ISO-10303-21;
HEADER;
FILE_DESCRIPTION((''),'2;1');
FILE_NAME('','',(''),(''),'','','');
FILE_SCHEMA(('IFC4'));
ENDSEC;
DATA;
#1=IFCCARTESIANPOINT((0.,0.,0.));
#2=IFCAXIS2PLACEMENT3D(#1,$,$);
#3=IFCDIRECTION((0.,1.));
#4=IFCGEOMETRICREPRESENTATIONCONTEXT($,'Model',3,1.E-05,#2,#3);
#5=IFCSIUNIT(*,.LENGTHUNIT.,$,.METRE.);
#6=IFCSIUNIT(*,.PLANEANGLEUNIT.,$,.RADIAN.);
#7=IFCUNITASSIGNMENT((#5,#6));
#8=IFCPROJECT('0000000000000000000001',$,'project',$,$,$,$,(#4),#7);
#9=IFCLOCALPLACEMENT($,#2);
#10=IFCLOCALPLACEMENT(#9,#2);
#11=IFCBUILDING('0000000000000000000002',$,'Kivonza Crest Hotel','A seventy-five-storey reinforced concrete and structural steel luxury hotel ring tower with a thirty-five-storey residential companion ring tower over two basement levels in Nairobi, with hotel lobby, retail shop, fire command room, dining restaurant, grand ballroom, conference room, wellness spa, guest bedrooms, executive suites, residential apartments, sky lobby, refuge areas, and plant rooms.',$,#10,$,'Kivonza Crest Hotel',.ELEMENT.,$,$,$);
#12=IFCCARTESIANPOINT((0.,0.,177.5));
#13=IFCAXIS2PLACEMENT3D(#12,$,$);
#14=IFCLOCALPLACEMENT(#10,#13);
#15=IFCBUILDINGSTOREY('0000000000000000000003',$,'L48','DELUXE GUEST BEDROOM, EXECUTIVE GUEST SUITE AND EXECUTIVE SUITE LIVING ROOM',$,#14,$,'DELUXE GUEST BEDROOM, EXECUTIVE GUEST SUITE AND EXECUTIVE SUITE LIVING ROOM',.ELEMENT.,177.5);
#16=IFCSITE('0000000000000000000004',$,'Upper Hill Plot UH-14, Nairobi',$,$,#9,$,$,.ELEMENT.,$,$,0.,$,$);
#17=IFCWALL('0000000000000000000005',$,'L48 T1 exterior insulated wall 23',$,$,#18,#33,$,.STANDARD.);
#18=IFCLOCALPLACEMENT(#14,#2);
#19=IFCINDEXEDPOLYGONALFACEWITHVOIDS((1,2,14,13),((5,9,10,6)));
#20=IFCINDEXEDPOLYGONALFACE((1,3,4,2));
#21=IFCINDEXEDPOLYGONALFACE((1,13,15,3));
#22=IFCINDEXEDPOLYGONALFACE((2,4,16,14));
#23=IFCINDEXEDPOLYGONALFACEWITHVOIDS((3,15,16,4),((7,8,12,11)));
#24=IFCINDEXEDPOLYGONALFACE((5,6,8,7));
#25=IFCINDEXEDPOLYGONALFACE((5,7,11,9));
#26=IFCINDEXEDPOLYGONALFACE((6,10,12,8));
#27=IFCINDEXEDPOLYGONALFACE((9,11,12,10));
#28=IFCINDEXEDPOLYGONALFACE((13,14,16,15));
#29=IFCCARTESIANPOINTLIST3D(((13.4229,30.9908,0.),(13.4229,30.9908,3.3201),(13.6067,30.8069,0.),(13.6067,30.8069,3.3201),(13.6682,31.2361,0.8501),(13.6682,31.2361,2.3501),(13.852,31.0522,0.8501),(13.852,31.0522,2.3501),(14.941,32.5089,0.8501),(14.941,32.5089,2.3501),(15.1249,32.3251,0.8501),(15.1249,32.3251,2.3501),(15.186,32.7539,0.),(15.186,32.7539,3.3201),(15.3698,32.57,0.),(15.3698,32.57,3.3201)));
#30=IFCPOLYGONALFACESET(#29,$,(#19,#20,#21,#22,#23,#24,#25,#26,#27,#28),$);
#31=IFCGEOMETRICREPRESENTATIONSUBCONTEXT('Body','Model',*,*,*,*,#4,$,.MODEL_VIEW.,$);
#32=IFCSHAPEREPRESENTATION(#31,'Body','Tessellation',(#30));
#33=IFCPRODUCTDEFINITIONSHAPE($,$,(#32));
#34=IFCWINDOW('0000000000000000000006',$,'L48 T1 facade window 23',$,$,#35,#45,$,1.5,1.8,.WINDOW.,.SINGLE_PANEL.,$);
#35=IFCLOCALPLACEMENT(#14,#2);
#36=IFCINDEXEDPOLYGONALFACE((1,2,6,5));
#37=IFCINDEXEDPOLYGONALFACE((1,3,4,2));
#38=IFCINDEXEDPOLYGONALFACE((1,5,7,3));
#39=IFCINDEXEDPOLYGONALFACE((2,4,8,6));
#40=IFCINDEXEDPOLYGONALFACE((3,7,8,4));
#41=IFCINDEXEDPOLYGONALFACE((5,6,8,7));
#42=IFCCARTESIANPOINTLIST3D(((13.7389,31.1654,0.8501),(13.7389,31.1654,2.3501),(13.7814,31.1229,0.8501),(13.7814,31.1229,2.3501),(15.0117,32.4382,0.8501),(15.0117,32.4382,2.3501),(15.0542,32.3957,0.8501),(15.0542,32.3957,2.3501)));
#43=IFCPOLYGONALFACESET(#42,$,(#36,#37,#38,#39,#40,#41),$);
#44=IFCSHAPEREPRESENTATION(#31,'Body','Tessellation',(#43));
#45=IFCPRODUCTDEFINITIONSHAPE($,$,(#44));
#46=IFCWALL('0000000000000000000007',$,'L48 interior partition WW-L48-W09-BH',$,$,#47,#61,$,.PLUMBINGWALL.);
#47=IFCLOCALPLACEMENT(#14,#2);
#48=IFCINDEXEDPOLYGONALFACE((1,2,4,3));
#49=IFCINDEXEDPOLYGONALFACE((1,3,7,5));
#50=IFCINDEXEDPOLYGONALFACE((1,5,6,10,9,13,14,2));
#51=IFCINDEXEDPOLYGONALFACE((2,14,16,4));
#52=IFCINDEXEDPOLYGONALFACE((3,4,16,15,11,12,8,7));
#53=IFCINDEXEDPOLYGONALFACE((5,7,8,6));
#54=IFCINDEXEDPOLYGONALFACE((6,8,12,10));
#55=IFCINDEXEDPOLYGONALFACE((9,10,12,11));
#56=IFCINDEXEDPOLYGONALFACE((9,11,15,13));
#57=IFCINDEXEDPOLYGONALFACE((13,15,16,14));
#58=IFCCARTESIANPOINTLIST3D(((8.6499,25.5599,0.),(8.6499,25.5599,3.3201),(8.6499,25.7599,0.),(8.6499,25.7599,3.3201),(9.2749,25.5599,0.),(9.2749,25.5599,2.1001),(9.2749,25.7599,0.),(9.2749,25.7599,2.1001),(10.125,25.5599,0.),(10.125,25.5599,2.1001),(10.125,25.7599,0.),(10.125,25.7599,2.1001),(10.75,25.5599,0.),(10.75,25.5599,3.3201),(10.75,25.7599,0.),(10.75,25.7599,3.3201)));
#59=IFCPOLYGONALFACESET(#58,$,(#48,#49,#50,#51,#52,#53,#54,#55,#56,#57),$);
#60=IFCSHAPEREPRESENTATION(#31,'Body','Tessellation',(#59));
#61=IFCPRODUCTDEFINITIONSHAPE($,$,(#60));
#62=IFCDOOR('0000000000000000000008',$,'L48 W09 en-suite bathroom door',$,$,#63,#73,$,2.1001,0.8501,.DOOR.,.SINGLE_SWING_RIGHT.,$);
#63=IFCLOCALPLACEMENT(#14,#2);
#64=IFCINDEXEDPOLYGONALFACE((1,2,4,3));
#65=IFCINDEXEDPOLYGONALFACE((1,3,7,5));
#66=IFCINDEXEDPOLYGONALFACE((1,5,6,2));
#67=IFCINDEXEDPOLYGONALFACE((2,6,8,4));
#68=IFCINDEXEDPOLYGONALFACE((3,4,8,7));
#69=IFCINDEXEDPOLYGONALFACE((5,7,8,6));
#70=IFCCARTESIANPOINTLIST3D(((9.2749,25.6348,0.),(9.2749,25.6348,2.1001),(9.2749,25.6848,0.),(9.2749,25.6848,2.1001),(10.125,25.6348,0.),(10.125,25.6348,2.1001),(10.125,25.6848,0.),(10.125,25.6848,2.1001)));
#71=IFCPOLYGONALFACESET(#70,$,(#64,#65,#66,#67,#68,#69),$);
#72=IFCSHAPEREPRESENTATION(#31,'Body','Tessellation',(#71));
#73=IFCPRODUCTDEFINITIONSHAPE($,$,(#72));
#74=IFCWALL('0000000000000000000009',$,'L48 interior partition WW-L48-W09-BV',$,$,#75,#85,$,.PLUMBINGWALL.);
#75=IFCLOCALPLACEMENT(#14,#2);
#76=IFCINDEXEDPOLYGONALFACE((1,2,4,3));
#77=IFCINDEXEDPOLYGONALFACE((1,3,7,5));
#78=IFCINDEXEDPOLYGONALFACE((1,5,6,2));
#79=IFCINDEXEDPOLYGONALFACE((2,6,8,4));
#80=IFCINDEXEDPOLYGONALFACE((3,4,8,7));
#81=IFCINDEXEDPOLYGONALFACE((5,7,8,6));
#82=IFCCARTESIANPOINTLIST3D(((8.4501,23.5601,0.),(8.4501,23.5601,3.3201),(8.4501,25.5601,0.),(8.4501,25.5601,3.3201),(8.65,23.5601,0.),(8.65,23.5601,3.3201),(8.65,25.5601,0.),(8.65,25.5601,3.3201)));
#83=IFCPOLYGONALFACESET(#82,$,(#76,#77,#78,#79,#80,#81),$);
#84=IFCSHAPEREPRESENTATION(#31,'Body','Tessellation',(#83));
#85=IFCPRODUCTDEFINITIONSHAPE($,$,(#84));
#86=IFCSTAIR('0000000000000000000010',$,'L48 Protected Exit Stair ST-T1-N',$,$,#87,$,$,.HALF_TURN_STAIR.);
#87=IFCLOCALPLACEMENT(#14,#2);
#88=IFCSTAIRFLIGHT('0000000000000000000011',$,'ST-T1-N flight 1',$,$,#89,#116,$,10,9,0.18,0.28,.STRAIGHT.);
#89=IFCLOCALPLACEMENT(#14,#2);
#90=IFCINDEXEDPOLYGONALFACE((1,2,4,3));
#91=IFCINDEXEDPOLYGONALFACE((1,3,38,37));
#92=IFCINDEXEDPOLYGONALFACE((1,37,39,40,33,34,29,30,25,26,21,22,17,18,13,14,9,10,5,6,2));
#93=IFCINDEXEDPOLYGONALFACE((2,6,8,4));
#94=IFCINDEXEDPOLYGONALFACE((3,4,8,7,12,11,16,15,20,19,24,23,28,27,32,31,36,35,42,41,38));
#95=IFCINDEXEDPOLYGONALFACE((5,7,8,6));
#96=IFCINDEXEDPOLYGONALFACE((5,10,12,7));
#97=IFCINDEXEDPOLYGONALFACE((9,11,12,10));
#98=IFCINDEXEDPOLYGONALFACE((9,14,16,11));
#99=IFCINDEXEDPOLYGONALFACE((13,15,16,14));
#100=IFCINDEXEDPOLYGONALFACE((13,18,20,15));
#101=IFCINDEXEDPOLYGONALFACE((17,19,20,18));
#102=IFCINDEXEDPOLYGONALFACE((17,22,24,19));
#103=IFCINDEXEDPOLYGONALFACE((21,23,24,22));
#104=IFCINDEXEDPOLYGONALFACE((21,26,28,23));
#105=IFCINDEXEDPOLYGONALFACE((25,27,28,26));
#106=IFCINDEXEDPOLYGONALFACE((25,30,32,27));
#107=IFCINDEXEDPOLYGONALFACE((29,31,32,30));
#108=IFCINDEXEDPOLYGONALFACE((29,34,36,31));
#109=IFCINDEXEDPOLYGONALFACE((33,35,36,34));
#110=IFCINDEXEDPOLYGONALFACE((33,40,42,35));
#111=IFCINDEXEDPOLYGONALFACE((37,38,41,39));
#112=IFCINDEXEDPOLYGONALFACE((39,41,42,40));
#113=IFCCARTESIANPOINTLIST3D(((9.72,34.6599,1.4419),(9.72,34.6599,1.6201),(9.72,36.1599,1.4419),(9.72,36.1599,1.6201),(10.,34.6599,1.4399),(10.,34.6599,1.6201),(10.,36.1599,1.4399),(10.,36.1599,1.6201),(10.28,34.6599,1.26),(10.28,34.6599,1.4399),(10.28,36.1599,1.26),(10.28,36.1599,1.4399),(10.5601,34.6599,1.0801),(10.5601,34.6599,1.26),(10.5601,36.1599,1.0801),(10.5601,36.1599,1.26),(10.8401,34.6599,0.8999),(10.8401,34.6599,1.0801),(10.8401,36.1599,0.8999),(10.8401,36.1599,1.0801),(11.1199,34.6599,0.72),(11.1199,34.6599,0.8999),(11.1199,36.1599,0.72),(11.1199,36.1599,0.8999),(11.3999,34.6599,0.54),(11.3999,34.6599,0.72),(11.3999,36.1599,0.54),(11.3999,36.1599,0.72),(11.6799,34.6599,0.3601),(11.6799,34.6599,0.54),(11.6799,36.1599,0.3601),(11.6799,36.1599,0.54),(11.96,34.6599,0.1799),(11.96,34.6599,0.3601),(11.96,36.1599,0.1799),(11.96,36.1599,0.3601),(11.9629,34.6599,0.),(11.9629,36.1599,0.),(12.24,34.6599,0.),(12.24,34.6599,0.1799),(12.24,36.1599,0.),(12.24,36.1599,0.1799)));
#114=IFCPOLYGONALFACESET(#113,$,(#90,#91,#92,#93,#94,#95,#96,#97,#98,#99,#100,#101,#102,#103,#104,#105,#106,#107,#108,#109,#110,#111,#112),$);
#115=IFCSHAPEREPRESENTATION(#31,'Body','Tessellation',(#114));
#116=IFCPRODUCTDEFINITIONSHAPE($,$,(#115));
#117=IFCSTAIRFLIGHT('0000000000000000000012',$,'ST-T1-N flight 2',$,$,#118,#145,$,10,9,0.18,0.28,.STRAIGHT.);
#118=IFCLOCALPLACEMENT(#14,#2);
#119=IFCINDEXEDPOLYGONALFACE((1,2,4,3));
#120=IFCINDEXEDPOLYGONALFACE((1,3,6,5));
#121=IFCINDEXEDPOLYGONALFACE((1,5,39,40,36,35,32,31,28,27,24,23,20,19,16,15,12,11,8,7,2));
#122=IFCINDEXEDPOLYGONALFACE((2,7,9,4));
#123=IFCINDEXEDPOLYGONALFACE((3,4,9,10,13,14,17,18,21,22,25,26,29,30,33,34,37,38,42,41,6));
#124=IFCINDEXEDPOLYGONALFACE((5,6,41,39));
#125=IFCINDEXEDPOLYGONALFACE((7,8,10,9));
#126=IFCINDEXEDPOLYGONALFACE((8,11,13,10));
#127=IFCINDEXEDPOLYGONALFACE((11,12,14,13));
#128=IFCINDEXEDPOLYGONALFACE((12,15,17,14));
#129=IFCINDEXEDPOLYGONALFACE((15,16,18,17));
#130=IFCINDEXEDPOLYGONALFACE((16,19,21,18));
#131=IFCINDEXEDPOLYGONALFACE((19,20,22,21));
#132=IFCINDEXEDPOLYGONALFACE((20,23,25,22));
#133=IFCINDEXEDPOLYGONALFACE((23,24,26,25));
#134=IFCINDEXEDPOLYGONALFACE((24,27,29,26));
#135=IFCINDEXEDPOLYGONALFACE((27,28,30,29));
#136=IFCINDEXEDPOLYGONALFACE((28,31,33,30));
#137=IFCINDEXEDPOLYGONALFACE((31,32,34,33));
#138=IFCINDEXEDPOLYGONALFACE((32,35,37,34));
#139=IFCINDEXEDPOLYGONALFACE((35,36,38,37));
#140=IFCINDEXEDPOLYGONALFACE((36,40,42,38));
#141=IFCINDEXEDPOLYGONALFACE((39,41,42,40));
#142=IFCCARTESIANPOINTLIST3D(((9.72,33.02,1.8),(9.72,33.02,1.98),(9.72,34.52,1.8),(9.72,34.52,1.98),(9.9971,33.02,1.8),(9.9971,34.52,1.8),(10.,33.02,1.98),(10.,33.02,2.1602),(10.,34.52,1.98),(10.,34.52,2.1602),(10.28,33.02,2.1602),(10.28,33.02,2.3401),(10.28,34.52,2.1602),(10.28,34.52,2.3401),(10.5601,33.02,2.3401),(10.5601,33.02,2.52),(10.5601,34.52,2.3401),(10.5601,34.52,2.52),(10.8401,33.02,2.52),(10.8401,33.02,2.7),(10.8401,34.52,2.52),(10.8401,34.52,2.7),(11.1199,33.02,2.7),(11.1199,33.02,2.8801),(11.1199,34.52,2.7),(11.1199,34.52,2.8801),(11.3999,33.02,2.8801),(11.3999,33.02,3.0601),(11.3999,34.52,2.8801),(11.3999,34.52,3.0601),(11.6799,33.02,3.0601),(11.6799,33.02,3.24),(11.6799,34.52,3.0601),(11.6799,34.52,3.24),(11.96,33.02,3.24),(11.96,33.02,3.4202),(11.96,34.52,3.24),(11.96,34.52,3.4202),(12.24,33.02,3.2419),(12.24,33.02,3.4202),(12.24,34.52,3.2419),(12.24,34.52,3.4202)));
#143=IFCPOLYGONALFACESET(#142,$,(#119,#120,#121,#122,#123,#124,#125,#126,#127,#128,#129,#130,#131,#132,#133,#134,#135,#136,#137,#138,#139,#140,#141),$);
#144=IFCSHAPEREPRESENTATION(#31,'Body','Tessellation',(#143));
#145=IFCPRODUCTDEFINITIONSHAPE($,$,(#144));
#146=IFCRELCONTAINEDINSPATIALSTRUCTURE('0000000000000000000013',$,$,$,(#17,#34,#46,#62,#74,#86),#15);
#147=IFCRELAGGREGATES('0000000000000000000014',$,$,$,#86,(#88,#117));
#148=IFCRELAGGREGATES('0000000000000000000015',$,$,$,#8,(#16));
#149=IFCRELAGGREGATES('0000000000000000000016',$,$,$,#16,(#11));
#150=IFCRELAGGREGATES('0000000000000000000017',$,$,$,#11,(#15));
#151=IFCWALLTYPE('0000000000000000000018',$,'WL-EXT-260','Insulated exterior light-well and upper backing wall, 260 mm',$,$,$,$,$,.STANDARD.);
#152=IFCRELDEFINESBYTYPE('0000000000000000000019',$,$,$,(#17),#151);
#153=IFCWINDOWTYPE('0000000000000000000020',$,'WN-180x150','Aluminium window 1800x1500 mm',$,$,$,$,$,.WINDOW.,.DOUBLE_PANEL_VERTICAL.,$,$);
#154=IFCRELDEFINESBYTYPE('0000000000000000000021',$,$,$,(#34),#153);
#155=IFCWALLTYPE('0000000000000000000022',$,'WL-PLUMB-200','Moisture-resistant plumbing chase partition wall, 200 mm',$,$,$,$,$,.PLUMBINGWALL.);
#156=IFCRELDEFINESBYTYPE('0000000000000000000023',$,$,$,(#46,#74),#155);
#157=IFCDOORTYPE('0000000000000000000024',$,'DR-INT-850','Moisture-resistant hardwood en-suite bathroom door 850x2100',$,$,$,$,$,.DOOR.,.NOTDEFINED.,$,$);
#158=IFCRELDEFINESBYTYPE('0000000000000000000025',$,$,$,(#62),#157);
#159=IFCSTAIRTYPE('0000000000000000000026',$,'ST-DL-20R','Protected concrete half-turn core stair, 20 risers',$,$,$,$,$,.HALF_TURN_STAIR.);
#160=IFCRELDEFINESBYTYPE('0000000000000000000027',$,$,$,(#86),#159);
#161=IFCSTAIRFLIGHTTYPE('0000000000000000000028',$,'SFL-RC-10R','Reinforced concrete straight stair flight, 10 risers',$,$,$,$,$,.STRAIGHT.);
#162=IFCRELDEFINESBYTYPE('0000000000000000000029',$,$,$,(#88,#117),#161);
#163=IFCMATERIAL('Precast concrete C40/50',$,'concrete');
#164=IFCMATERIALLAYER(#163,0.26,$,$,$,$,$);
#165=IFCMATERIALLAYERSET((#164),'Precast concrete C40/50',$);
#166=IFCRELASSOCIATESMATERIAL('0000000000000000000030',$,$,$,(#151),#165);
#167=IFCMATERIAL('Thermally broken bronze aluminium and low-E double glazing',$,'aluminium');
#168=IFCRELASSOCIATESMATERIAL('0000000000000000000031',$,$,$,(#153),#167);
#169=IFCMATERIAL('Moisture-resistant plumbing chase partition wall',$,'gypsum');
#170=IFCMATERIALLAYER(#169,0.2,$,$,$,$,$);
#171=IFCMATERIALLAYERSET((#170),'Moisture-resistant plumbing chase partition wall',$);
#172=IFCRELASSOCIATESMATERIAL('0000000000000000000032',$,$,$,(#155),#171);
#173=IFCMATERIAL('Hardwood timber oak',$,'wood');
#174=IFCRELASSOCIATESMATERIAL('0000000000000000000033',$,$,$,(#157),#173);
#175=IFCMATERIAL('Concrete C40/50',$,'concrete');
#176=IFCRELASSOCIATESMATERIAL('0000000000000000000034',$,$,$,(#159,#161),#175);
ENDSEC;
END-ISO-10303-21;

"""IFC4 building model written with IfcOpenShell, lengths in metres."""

from ifc_helpers import new_model, si_unit, direction, frame, frame_2d, origin, place, context, subcontext, project, spatial, polyline, rectangle, outline, extrude, material, layer, layer_set, type_object, element, fill, aggregate, save


model = new_model("IFC4")

# Units and contexts
model_context = context("Model", 3, precision=1e-05, world=origin(), true_north=direction((0.0, 1.0)))
body_context = subcontext(model_context, "Body", "Model", "MODEL_VIEW")
ifc_project = project(units=[si_unit("LENGTHUNIT", "METRE"), si_unit("PLANEANGLEUNIT", "RADIAN")], contexts=[model_context])

# Site, building, storey
site_placement = place(None, origin())
site = spatial("IfcSite", under=ifc_project, at=site_placement, Name="Upper Hill Plot UH-14, Nairobi", CompositionType="ELEMENT", RefElevation=0.0)
building_placement = place(site_placement, origin())
building = spatial("IfcBuilding", under=site, at=building_placement, Name="Kivonza Crest Hotel", Description="A seventy-five-storey reinforced concrete and structural steel luxury hotel ring tower with a thirty-five-storey residential companion ring tower over two basement levels in Nairobi, with hotel lobby, retail shop, fire command room, dining restaurant, grand ballroom, conference room, wellness spa, guest bedrooms, executive suites, residential apartments, sky lobby, refuge areas, and plant rooms.", LongName="Kivonza Crest Hotel", CompositionType="ELEMENT")
storey_placement = place(building_placement, frame((0.0, 0.0, 177.5)))
storey = spatial("IfcBuildingStorey", under=building, at=storey_placement, Name="L48", Description="DELUXE GUEST BEDROOM, EXECUTIVE GUEST SUITE AND EXECUTIVE SUITE LIVING ROOM", LongName="DELUXE GUEST BEDROOM, EXECUTIVE GUEST SUITE AND EXECUTIVE SUITE LIVING ROOM", CompositionType="ELEMENT", Elevation=177.5)

# Shared definitions
ifc_material_1 = material(Name="Hardwood timber oak", Category="wood")

# Wall, opening, window
ifc_material_2 = material(Name="Precast concrete C40/50", Category="concrete")
ifc_layer_1 = layer(ifc_material_2, 0.26)
ifc_layer_set_1 = layer_set([ifc_layer_1], Name="Precast concrete C40/50")
wall_type_1 = type_object("IfcWallType", Name="WL-EXT-260", Description="Insulated exterior light-well and upper backing wall, 260 mm", PredefinedType="STANDARD", material=ifc_layer_set_1)
wall_1_placement = place(storey_placement, frame((13.5149, 30.8989, 0.0), z_axis=(0.0, 0.0, 1.0), x_axis=(0.707107, 0.707107, 0.0)))
wall_1 = element("IfcWall", 1, at=wall_1_placement, inside=storey, type_object=wall_type_1, Name="L48 T1 exterior insulated wall 23", PredefinedType="STANDARD", context=body_context, shape_type="SweptSolid", body=[
    extrude(rectangle(XDim=2.4934, YDim=0.26, at=frame_2d((1.2466, 0.0))), origin(), (0.0, 0.0, 1.0), 3.3201),
])
opening_1_placement = place(wall_1_placement, frame((0.3469, 0.0, 0.8501)))
opening_1 = element("IfcOpeningElement", 2, at=opening_1_placement, cuts=wall_1, PredefinedType="OPENING", context=body_context, shape_type="SweptSolid", body=[
    extrude(rectangle(XDim=1.8, YDim=1.5, at=frame_2d((0.8999, 0.75))), frame((0.0, 0.1401, 0.0), z_axis=(0.0, -1.0, 0.0), x_axis=(1.0, 0.0, 0.0)), (0.0, 0.0, 1.0), 0.28),
])
ifc_material_3 = material(Name="Thermally broken bronze aluminium and low-E double glazing", Category="aluminium")
window_type = type_object("IfcWindowType", Name="WN-180x150", Description="Aluminium window 1800x1500 mm", PartitioningType="DOUBLE_PANEL_VERTICAL", PredefinedType="WINDOW", material=ifc_material_3)
window_placement = place(opening_1_placement, origin())
window = element("IfcWindow", 3, at=window_placement, inside=storey, type_object=window_type, Name="L48 T1 facade window 23", OverallHeight=1.5, OverallWidth=1.8, PartitioningType="SINGLE_PANEL", PredefinedType="WINDOW", context=body_context, shape_type="SweptSolid", body=[
    extrude(rectangle(XDim=1.8, YDim=1.5, at=frame_2d((0.8999, 0.75))), frame((0.0, 0.03, 0.0), z_axis=(0.0, -1.0, 0.0), x_axis=(1.0, 0.0, 0.0)), (0.0, 0.0, 1.0), 0.0601),
])
fill(opening_1, window)

# Wall, opening, door
ifc_material_4 = material(Name="Moisture-resistant plumbing chase partition wall", Category="gypsum")
ifc_layer_2 = layer(ifc_material_4, 0.2)
ifc_layer_set_2 = layer_set([ifc_layer_2], Name="Moisture-resistant plumbing chase partition wall")
wall_type_2 = type_object("IfcWallType", Name="WL-PLUMB-200", Description="Moisture-resistant plumbing chase partition wall, 200 mm", PredefinedType="PLUMBINGWALL", material=ifc_layer_set_2)
wall_2_placement = place(storey_placement, frame((8.6499, 25.6599, 0.0), z_axis=(0.0, 0.0, 1.0), x_axis=(1.0, 0.0, 0.0)))
wall_2 = element("IfcWall", 4, at=wall_2_placement, inside=storey, type_object=wall_type_2, Name="L48 interior partition WW-L48-W09-BH", PredefinedType="PLUMBINGWALL", context=body_context, shape_type="SweptSolid", body=[
    extrude(rectangle(XDim=2.1001, YDim=0.2, at=frame_2d((1.05, 0.0))), origin(), (0.0, 0.0, 1.0), 3.3201),
])
opening_2_placement = place(wall_2_placement, frame((0.625, 0.0, 0.0)))
opening_2 = element("IfcOpeningElement", 5, at=opening_2_placement, cuts=wall_2, PredefinedType="OPENING", context=body_context, shape_type="SweptSolid", body=[
    extrude(rectangle(XDim=0.8501, YDim=2.1001, at=frame_2d((0.425, 1.05))), frame((0.0, 0.1099, 0.0), z_axis=(0.0, -1.0, 0.0), x_axis=(1.0, 0.0, 0.0)), (0.0, 0.0, 1.0), 0.22),
])
door_type_1 = type_object("IfcDoorType", Name="DR-INT-850", Description="Moisture-resistant hardwood en-suite bathroom door 850x2100", OperationType="NOTDEFINED", PredefinedType="DOOR", material=ifc_material_1)
door_1_placement = place(opening_2_placement, origin())
door_1 = element("IfcDoor", 6, at=door_1_placement, inside=storey, type_object=door_type_1, Name="L48 W09 en-suite bathroom door", OperationType="SINGLE_SWING_RIGHT", OverallHeight=2.1001, OverallWidth=0.8501, PredefinedType="DOOR", context=body_context, shape_type="SweptSolid", body=[
    extrude(rectangle(XDim=0.8501, YDim=2.1001, at=frame_2d((0.425, 1.05))), frame((0.0, 0.0249, 0.0), z_axis=(0.0, -1.0, 0.0), x_axis=(1.0, 0.0, 0.0)), (0.0, 0.0, 1.0), 0.05),
])
fill(opening_2, door_1)

# Wall
wall_3_placement = place(storey_placement, frame((8.55, 23.5601, 0.0), z_axis=(0.0, 0.0, 1.0), x_axis=(0.0, 1.0, 0.0)))
element("IfcWall", 7, at=wall_3_placement, inside=storey, type_object=wall_type_2, Name="L48 interior partition WW-L48-W09-BV", PredefinedType="PLUMBINGWALL", context=body_context, shape_type="SweptSolid", body=[
    extrude(rectangle(XDim=2.0, YDim=0.2, at=frame_2d((1.0, 0.0))), origin(), (0.0, 0.0, 1.0), 3.3201),
])

# Stair, stair flights
ifc_material_5 = material(Name="Concrete C40/50", Category="concrete")
stair_type = type_object("IfcStairType", Name="ST-DL-20R", Description="Protected concrete half-turn core stair, 20 risers", PredefinedType="HALF_TURN_STAIR", material=ifc_material_5)
stair_placement = place(storey_placement, origin())
stair = element("IfcStair", 8, at=stair_placement, inside=storey, type_object=stair_type, Name="L48 Protected Exit Stair ST-T1-N", PredefinedType="HALF_TURN_STAIR")
stair_flight_type = type_object("IfcStairFlightType", Name="SFL-RC-10R", Description="Reinforced concrete straight stair flight, 10 risers", PredefinedType="STRAIGHT", material=ifc_material_5)
stair_flight_1_placement = place(storey_placement, frame((12.24, 35.4099, 0.0), z_axis=(0.0, 0.0, 1.0), x_axis=(-1.0, 0.0, 0.0)))
stair_flight_1 = element("IfcStairFlight", 9, at=stair_flight_1_placement, type_object=stair_flight_type, Name="ST-T1-N flight 1", NumberOfRisers=10, NumberOfTreads=9, PredefinedType="STRAIGHT", RiserHeight=0.18, TreadLength=0.28, context=body_context, shape_type="SweptSolid", body=[
    extrude(outline(polyline([(0.0, 0.0), (0.0, 0.1799), (0.28, 0.1799), (0.28, 0.3601), (0.5601, 0.3601), (0.5601, 0.54), (0.8401, 0.54), (0.8401, 0.72), (1.1201, 0.72), (1.1201, 0.8999), (1.3999, 0.8999), (1.3999, 1.0801), (1.6799, 1.0801), (1.6799, 1.26), (1.96, 1.26), (1.96, 1.4399), (2.24, 1.4399), (2.24, 1.6201), (2.52, 1.6201), (2.52, 1.8), (2.52, 1.4419), (0.2771, 0.0), (0.0, 0.0)])), frame((0.0, 0.75, 0.0), z_axis=(0.0, -1.0, 0.0), x_axis=(1.0, 0.0, 0.0)), (0.0, 0.0, 1.0), 1.5),
])
stair_flight_2_placement = place(storey_placement, frame((9.72, 33.77, 1.8), z_axis=(0.0, 0.0, 1.0), x_axis=(1.0, 0.0, 0.0)))
stair_flight_2 = element("IfcStairFlight", 10, at=stair_flight_2_placement, type_object=stair_flight_type, Name="ST-T1-N flight 2", NumberOfRisers=10, NumberOfTreads=9, PredefinedType="STRAIGHT", RiserHeight=0.18, TreadLength=0.28, context=body_context, shape_type="SweptSolid", body=[
    extrude(outline(polyline([(0.0, 0.0), (0.0, 0.1799), (0.28, 0.1799), (0.28, 0.3601), (0.5601, 0.3601), (0.5601, 0.54), (0.8401, 0.54), (0.8401, 0.72), (1.1201, 0.72), (1.1201, 0.8999), (1.3999, 0.8999), (1.3999, 1.0801), (1.6799, 1.0801), (1.6799, 1.26), (1.96, 1.26), (1.96, 1.4399), (2.24, 1.4399), (2.24, 1.6201), (2.52, 1.6201), (2.52, 1.8), (2.52, 1.4419), (0.2771, 0.0), (0.0, 0.0)])), frame((0.0, 0.75, 0.0), z_axis=(0.0, -1.0, 0.0), x_axis=(1.0, 0.0, 0.0)), (0.0, 0.0, 1.0), 1.5),
])
aggregate(stair, [stair_flight_1, stair_flight_2])

save(model, "model.ifc")
